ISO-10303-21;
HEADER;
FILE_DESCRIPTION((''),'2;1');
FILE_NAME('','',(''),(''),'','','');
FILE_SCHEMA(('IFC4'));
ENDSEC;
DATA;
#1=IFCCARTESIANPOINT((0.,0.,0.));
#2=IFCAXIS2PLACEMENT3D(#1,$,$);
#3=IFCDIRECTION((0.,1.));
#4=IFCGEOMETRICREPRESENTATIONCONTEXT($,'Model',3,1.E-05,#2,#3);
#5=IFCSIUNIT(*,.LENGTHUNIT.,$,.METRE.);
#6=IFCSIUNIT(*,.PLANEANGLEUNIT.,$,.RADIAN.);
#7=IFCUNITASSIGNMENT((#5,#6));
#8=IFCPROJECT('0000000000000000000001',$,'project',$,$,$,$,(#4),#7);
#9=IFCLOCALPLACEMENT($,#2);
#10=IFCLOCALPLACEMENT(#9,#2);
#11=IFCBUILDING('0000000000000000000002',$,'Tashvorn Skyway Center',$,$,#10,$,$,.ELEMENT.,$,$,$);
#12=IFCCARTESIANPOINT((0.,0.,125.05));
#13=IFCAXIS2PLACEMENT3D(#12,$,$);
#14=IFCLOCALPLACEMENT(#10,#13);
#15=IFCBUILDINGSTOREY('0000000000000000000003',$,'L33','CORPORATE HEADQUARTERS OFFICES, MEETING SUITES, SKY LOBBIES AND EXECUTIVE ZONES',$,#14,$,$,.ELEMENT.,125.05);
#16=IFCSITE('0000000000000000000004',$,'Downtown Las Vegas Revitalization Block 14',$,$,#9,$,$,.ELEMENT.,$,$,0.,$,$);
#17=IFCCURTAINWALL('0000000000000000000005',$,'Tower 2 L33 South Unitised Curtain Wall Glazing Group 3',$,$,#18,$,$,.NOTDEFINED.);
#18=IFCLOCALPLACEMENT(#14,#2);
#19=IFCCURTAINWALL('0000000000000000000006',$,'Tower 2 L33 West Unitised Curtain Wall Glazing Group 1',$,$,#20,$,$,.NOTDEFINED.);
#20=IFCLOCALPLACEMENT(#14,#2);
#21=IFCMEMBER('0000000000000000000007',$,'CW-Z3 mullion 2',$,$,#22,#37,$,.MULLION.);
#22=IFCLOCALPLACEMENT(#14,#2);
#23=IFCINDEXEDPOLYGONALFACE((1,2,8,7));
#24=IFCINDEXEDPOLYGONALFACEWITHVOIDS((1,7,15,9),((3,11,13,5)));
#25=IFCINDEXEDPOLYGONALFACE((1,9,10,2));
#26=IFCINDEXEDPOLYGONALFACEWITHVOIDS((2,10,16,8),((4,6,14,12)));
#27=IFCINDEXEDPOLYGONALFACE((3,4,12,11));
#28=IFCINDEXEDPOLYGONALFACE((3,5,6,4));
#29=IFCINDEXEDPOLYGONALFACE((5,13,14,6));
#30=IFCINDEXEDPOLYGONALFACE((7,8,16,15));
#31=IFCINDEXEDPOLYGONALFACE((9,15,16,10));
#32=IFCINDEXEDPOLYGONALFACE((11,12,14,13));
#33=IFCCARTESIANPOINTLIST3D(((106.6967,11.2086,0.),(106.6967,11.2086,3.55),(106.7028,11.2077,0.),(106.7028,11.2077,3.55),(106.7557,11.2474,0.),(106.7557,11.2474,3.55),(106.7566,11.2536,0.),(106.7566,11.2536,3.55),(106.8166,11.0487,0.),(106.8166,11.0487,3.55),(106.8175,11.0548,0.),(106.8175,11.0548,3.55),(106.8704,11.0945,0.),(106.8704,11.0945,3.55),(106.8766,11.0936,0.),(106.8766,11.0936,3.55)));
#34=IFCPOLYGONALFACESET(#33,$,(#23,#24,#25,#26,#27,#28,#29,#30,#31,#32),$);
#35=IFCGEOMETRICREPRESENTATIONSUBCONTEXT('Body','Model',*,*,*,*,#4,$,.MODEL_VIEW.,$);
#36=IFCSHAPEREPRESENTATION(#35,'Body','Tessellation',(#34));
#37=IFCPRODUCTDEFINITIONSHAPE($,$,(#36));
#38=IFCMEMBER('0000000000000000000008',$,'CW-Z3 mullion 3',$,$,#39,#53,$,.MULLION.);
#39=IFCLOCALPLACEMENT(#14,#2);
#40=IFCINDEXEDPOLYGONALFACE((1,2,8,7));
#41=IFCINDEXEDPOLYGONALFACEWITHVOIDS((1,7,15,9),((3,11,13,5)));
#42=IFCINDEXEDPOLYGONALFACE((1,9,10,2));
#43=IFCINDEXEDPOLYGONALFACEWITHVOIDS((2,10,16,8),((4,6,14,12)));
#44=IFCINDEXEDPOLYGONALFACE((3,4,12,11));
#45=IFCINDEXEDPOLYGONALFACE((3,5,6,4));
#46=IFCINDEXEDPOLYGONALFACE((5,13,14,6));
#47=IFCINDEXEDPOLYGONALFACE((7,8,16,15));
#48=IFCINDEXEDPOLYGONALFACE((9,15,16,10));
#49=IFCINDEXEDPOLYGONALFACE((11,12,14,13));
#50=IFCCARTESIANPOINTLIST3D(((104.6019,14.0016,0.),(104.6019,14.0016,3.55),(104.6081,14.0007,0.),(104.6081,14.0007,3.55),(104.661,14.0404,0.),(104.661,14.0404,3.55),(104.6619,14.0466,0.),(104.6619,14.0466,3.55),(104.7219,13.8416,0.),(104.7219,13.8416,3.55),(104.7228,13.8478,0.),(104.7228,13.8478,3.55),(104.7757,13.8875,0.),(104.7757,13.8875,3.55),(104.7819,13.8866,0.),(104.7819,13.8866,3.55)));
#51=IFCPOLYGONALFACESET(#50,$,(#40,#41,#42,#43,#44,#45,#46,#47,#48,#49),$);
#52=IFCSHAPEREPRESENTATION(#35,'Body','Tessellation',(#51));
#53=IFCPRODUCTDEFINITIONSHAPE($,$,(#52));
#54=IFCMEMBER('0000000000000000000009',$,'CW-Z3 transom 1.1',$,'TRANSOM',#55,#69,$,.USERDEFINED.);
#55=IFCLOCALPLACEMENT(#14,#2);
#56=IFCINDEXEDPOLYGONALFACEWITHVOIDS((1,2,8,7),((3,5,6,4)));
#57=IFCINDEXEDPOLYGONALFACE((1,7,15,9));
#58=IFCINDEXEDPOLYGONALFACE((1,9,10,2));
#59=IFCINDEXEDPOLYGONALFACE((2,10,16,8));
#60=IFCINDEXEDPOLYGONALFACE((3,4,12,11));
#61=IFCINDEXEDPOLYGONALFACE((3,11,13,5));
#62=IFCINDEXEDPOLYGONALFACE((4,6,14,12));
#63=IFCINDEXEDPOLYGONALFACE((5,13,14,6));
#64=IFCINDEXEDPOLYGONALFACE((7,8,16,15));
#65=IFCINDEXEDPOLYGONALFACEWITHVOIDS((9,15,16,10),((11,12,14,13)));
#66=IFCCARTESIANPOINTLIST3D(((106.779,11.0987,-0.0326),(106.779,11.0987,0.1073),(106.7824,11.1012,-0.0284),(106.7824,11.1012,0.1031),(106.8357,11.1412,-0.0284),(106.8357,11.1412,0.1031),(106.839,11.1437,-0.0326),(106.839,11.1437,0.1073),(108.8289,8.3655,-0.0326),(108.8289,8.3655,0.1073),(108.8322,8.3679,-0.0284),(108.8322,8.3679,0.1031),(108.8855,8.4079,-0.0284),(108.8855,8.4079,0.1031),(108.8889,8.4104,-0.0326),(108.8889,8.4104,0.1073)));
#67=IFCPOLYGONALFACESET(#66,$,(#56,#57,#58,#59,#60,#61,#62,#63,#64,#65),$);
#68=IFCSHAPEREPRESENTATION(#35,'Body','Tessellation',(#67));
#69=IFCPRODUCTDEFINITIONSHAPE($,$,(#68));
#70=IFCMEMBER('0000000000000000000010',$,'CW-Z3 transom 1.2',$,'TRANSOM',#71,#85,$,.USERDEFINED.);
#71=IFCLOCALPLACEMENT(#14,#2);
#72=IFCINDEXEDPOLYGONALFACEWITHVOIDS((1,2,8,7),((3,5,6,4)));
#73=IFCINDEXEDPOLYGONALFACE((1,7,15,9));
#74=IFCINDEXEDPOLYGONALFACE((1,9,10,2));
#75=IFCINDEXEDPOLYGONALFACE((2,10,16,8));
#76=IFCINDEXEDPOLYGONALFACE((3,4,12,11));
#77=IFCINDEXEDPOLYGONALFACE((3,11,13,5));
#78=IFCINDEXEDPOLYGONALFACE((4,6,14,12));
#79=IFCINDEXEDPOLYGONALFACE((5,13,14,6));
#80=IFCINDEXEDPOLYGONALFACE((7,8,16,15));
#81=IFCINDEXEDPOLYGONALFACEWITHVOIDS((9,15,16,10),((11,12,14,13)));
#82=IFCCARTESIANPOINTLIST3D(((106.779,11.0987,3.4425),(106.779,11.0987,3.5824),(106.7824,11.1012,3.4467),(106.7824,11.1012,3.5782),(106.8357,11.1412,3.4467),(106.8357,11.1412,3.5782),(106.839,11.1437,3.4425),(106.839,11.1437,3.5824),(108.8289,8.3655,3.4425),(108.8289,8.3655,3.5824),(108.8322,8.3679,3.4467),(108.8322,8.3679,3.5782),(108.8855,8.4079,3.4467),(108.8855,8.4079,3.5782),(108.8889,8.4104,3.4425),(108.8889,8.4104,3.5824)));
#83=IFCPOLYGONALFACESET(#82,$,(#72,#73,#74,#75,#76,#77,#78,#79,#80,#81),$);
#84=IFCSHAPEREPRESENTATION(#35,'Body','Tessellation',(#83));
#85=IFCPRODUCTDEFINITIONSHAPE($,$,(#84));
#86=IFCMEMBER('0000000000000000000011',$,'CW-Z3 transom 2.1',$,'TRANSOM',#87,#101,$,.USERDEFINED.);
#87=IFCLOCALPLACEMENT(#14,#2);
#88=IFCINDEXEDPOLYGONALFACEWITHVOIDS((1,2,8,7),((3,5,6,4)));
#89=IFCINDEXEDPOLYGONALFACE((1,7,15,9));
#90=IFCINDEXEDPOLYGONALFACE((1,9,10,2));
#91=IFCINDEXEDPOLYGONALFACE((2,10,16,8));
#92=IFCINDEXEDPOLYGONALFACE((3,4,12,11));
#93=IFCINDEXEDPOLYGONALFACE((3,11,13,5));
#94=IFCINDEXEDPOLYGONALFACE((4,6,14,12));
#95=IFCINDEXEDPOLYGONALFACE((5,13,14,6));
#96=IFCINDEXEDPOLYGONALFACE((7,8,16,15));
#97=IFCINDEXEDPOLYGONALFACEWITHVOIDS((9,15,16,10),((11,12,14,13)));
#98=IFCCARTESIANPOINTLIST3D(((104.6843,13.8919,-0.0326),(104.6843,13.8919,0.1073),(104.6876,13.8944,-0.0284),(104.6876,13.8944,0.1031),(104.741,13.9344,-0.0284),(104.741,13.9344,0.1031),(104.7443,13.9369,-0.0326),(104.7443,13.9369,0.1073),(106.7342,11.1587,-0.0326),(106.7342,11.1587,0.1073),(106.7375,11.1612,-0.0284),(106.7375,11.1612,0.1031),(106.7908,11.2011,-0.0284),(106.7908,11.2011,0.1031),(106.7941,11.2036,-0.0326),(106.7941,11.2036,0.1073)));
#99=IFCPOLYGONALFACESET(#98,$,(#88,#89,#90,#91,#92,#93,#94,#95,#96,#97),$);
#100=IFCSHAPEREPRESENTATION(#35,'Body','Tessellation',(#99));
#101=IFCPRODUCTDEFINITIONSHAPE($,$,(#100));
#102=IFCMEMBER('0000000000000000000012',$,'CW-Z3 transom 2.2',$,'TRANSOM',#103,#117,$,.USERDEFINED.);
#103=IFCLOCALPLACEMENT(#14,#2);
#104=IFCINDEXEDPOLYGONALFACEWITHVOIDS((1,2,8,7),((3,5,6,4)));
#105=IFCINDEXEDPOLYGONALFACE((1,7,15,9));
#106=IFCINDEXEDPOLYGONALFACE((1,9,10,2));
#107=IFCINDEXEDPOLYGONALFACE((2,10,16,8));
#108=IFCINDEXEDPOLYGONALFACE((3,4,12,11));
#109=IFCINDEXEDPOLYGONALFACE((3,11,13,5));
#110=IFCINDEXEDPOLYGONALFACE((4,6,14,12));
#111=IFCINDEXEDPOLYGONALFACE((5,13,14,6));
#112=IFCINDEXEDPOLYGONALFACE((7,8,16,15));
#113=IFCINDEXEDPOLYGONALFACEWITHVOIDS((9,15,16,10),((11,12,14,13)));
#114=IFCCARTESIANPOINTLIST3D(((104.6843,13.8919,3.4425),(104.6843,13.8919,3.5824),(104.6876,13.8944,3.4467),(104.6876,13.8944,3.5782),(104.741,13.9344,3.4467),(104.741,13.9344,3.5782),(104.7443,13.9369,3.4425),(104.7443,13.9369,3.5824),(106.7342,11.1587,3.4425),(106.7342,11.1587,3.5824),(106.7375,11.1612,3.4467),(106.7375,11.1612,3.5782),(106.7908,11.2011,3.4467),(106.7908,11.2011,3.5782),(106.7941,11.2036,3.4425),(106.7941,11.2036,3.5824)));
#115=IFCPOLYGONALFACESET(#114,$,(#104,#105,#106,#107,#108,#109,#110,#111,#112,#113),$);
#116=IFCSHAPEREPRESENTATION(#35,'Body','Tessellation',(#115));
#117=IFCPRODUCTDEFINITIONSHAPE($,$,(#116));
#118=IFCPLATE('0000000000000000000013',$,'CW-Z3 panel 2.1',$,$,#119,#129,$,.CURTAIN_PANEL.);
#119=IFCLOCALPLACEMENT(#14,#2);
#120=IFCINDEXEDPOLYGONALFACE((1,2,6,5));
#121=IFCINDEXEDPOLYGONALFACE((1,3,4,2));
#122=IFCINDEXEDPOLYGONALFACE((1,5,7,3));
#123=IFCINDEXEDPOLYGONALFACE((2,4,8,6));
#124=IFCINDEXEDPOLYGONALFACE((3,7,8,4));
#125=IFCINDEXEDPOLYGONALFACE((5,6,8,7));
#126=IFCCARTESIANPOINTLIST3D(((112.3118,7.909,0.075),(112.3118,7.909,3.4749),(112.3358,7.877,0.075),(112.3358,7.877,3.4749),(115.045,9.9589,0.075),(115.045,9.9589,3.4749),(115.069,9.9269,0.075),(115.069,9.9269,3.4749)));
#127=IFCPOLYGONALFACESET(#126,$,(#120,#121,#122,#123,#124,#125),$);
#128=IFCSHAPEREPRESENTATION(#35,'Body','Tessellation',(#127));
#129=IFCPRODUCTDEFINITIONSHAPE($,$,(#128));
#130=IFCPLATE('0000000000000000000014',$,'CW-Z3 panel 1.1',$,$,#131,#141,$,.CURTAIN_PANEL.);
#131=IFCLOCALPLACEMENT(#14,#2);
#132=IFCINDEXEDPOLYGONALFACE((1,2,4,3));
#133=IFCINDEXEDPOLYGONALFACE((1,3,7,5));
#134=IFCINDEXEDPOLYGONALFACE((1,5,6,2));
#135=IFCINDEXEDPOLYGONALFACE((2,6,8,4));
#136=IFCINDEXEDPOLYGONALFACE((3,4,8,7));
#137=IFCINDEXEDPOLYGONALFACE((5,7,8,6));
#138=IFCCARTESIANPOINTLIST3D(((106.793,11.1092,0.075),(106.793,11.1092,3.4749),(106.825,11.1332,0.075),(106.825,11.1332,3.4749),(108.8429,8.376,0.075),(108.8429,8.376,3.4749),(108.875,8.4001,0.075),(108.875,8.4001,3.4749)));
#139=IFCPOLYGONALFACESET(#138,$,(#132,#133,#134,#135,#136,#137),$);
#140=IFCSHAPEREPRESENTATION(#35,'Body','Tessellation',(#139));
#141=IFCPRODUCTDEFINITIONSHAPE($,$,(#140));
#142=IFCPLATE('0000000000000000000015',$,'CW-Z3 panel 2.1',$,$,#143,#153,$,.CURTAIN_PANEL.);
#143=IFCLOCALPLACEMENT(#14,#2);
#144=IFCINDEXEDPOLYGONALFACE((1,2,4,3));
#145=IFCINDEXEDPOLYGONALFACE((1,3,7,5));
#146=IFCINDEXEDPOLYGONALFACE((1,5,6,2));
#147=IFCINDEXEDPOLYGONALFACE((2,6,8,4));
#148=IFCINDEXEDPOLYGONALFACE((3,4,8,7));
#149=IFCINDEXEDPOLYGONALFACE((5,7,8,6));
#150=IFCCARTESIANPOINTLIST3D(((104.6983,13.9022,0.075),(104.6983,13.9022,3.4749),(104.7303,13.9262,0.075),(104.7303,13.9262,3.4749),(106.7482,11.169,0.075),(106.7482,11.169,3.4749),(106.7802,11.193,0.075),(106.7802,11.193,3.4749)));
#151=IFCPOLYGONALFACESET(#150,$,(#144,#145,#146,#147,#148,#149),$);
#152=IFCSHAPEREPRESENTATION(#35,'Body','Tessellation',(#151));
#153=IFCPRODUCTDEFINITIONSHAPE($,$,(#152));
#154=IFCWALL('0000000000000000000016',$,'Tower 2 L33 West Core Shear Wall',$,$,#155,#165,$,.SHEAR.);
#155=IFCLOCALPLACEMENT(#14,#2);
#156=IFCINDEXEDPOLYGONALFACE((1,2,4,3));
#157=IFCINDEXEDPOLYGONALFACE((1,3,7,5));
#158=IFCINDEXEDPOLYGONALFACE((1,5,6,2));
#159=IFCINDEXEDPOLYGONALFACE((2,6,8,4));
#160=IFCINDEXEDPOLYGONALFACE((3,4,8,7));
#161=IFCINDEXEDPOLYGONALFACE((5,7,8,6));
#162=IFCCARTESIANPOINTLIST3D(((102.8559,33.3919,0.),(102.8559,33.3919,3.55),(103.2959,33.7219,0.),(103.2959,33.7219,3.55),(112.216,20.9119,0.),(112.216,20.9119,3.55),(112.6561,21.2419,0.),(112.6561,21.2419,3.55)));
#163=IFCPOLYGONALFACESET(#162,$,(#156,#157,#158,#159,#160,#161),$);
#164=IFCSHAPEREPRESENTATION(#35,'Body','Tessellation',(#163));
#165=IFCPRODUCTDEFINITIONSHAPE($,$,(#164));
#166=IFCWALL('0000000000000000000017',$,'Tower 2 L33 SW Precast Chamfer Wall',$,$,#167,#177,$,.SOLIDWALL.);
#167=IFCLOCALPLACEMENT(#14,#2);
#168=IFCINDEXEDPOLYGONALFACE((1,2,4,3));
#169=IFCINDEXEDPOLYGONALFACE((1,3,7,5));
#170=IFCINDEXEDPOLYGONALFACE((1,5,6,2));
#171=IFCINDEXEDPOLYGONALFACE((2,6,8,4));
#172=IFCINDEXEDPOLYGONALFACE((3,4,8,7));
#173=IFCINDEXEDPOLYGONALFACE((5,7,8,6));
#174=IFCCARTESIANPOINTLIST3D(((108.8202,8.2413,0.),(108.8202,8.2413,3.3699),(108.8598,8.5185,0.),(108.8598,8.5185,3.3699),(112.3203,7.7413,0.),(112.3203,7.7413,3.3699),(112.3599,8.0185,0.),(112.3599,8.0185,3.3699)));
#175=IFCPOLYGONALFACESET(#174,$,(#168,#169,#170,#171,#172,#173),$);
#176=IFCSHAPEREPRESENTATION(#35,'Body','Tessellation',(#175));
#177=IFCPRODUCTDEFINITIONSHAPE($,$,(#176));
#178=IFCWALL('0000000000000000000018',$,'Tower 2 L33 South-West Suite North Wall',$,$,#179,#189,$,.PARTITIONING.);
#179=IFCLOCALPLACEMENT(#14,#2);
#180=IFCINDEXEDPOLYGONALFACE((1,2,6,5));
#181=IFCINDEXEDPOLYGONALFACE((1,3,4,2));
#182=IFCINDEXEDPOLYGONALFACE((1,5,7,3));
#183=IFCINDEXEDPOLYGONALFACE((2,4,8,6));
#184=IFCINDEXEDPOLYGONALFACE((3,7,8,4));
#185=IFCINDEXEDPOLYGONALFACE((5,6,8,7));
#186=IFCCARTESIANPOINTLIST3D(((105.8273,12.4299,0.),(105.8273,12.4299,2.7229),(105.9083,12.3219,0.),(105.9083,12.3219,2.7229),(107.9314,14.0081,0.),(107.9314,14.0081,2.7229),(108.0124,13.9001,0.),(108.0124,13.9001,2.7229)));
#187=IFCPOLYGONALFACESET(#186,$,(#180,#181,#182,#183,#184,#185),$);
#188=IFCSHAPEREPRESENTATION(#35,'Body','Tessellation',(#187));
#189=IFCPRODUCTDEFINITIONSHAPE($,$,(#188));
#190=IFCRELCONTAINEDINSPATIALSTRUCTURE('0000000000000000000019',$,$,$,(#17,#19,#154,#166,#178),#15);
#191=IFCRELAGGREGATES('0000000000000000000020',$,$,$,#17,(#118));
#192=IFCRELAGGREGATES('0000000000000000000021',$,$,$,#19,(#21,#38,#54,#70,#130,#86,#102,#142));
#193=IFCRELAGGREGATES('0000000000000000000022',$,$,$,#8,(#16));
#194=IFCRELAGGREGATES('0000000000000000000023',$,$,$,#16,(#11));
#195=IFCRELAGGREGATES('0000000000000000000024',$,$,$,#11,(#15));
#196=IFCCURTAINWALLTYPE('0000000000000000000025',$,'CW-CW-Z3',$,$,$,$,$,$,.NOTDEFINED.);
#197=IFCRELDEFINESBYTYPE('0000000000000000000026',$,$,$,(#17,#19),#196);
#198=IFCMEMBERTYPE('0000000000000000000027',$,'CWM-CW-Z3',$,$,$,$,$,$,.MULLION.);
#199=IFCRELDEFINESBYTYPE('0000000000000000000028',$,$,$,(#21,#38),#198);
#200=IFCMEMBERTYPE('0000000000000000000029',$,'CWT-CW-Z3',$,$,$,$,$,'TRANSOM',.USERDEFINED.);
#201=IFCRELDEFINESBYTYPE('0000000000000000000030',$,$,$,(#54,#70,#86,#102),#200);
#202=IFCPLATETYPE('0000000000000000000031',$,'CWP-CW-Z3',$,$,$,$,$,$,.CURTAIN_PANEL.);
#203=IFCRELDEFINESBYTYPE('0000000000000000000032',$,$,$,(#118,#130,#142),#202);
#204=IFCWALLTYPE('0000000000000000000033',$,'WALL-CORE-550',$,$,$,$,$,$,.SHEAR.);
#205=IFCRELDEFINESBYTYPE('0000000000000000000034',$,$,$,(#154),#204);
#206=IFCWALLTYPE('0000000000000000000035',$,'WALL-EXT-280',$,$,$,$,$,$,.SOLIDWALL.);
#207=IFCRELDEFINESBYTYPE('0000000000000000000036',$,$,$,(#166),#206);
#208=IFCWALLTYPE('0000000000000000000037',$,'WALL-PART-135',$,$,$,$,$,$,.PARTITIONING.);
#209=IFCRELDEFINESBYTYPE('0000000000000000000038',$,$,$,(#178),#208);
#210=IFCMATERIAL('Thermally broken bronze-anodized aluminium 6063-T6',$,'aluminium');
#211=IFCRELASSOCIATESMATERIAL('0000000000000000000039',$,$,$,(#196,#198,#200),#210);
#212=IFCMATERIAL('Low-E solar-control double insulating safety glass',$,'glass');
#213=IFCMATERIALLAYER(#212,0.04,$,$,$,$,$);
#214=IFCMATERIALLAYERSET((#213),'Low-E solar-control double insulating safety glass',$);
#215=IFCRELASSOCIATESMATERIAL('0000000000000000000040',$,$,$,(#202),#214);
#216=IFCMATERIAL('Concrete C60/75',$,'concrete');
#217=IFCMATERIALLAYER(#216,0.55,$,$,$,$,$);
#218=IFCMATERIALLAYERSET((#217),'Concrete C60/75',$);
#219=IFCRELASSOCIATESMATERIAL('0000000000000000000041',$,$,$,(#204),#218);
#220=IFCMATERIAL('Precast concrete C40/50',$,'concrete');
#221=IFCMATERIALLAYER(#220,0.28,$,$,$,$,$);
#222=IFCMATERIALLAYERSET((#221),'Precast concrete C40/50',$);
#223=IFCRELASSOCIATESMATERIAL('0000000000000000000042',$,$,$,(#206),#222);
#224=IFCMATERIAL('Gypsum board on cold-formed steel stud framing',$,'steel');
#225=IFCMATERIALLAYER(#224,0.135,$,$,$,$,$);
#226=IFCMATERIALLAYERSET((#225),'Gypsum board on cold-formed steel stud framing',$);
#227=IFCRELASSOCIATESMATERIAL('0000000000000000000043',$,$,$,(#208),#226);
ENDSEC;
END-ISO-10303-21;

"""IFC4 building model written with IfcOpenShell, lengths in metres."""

from ifc_helpers import new_model, si_unit, direction, frame, frame_2d, origin, origin_2d, place, context, subcontext, project, spatial, rectangle, hollow_rectangle, extrude, material, layer, layer_set, material_profile, profile_set, type_object, element, aggregate, save


model = new_model("IFC4")

# Units and contexts
model_context = context("Model", 3, precision=1e-05, world=origin(), true_north=direction((0.0, 1.0)))
body_context = subcontext(model_context, "Body", "Model", "MODEL_VIEW")
ifc_project = project(units=[si_unit("LENGTHUNIT", "METRE"), si_unit("PLANEANGLEUNIT", "RADIAN")], contexts=[model_context])

# Site, building, storey
site_placement = place(None, origin())
site = spatial("IfcSite", under=ifc_project, at=site_placement, Name="Downtown Las Vegas Revitalization Block 14", CompositionType="ELEMENT", RefElevation=0.0)
building_placement = place(site_placement, origin())
building = spatial("IfcBuilding", under=site, at=building_placement, Name="Tashvorn Skyway Center", CompositionType="ELEMENT")
storey_placement = place(building_placement, frame((0.0, 0.0, 125.05)))
storey = spatial("IfcBuildingStorey", under=building, at=storey_placement, Name="L33", Description="CORPORATE HEADQUARTERS OFFICES, MEETING SUITES, SKY LOBBIES AND EXECUTIVE ZONES", CompositionType="ELEMENT", Elevation=125.05)

# Shared definitions
ifc_material_1 = material(Name="Concrete C60/75", Category="concrete")

# Curtain wall
ifc_material_2 = material(Name="Thermally broken bronze-anodized aluminium 6063-T6", Category="aluminium")
curtain_wall_type = type_object("IfcCurtainWallType", Name="CW-CW-Z3", PredefinedType="NOTDEFINED", material=ifc_material_2)
curtain_wall_1_placement = place(storey_placement, origin())
curtain_wall_1 = element("IfcCurtainWall", 1, at=curtain_wall_1_placement, inside=storey, type_object=curtain_wall_type, Name="Tower 2 L33 South Unitised Curtain Wall Glazing Group 3", PredefinedType="NOTDEFINED")
ifc_material_profile_1 = material_profile(ifc_material_2, hollow_rectangle(XDim=0.075, YDim=0.2, WallThickness=0.0044, at=origin_2d()), Name="ALU-MULL-75x200")
ifc_profile_set_1 = profile_set([ifc_material_profile_1], Name="Thermally broken bronze-anodized aluminium 6063-T6")
member_type_1 = type_object("IfcMemberType", Name="CWM-CW-Z3", PredefinedType="MULLION", material=ifc_profile_set_1)

# Curtain wall, members
curtain_wall_2_placement = place(storey_placement, origin())
curtain_wall_2 = element("IfcCurtainWall", 2, at=curtain_wall_2_placement, inside=storey, type_object=curtain_wall_type, Name="Tower 2 L33 West Unitised Curtain Wall Glazing Group 1", PredefinedType="NOTDEFINED")
member_1_placement = place(storey_placement, frame((106.7866, 11.1511, 0.0), z_axis=(0.0, 0.0, 1.0), x_axis=(-0.799997, -0.600005, 0.0)))
member_1 = element("IfcMember", 3, at=member_1_placement, type_object=member_type_1, Name="CW-Z3 mullion 2", PredefinedType="MULLION", context=body_context, shape_type="SweptSolid", body=[
    extrude(hollow_rectangle(XDim=0.075, YDim=0.2, WallThickness=0.0044, at=origin_2d()), origin(), (0.0, 0.0, 1.0), 3.55),
])
member_2_placement = place(storey_placement, frame((104.6919, 13.9441, 0.0), z_axis=(0.0, 0.0, 1.0), x_axis=(-0.799997, -0.600005, 0.0)))
member_2 = element("IfcMember", 4, at=member_2_placement, type_object=member_type_1, Name="CW-Z3 mullion 3", PredefinedType="MULLION", context=body_context, shape_type="SweptSolid", body=[
    extrude(hollow_rectangle(XDim=0.075, YDim=0.2, WallThickness=0.0044, at=origin_2d()), origin(), (0.0, 0.0, 1.0), 3.55),
])
ifc_material_profile_2 = material_profile(ifc_material_2, hollow_rectangle(XDim=0.075, YDim=0.1399, WallThickness=0.0042, at=origin_2d()), Name="ALU-TRAN-75x140")
ifc_profile_set_2 = profile_set([ifc_material_profile_2], Name="Thermally broken bronze-anodized aluminium 6063-T6")
member_type_2 = type_object("IfcMemberType", Name="CWT-CW-Z3", ElementType="TRANSOM", PredefinedType="USERDEFINED", material=ifc_profile_set_2)
member_3_placement = place(storey_placement, frame((108.8589, 8.3879, 0.0374), z_axis=(-0.599989, 0.800009, 0.0), x_axis=(-0.800009, -0.599989, 0.0)))
member_3 = element("IfcMember", 5, at=member_3_placement, type_object=member_type_2, Name="CW-Z3 transom 1.1", ObjectType="TRANSOM", PredefinedType="USERDEFINED", context=body_context, shape_type="SweptSolid", body=[
    extrude(hollow_rectangle(XDim=0.075, YDim=0.1399, WallThickness=0.0042, at=origin_2d()), origin(), (0.0, 0.0, 1.0), 3.4165),
])
member_4_placement = place(storey_placement, frame((108.8589, 8.3879, 3.5125), z_axis=(-0.599989, 0.800009, 0.0), x_axis=(-0.800009, -0.599989, 0.0)))
member_4 = element("IfcMember", 6, at=member_4_placement, type_object=member_type_2, Name="CW-Z3 transom 1.2", ObjectType="TRANSOM", PredefinedType="USERDEFINED", context=body_context, shape_type="SweptSolid", body=[
    extrude(hollow_rectangle(XDim=0.075, YDim=0.1399, WallThickness=0.0042, at=origin_2d()), origin(), (0.0, 0.0, 1.0), 3.4165),
])
member_5_placement = place(storey_placement, frame((106.7642, 11.1812, 0.0374), z_axis=(-0.599989, 0.800009, 0.0), x_axis=(-0.800009, -0.599989, 0.0)))
member_5 = element("IfcMember", 7, at=member_5_placement, type_object=member_type_2, Name="CW-Z3 transom 2.1", ObjectType="TRANSOM", PredefinedType="USERDEFINED", context=body_context, shape_type="SweptSolid", body=[
    extrude(hollow_rectangle(XDim=0.075, YDim=0.1399, WallThickness=0.0042, at=origin_2d()), origin(), (0.0, 0.0, 1.0), 3.4165),
])
member_6_placement = place(storey_placement, frame((106.7642, 11.1812, 3.5125), z_axis=(-0.599989, 0.800009, 0.0), x_axis=(-0.800009, -0.599989, 0.0)))
member_6 = element("IfcMember", 8, at=member_6_placement, type_object=member_type_2, Name="CW-Z3 transom 2.2", ObjectType="TRANSOM", PredefinedType="USERDEFINED", context=body_context, shape_type="SweptSolid", body=[
    extrude(hollow_rectangle(XDim=0.075, YDim=0.1399, WallThickness=0.0042, at=origin_2d()), origin(), (0.0, 0.0, 1.0), 3.4165),
])

# Plates
ifc_material_3 = material(Name="Low-E solar-control double insulating safety glass", Category="glass")
ifc_layer_1 = layer(ifc_material_3, 0.04)
ifc_layer_set_1 = layer_set([ifc_layer_1], Name="Low-E solar-control double insulating safety glass")
plate_type = type_object("IfcPlateType", Name="CWP-CW-Z3", PredefinedType="CURTAIN_PANEL", material=ifc_layer_set_1)
plate_1_placement = place(storey_placement, frame((113.6904, 8.918, 0.075), z_axis=(0.0, 0.0, 1.0), x_axis=(-0.799997, -0.600005, 0.0)))
plate_1 = element("IfcPlate", 9, at=plate_1_placement, type_object=plate_type, Name="CW-Z3 panel 2.1", PredefinedType="CURTAIN_PANEL", context=body_context, shape_type="SweptSolid", body=[
    extrude(rectangle(XDim=3.4165, YDim=0.04, at=origin_2d()), origin(), (0.0, 0.0, 1.0), 3.3999),
])
aggregate(curtain_wall_1, [plate_1])
plate_2_placement = place(storey_placement, frame((107.834, 9.7546, 0.075), z_axis=(0.0, 0.0, 1.0), x_axis=(-0.600005, 0.799997, 0.0)))
plate_2 = element("IfcPlate", 10, at=plate_2_placement, type_object=plate_type, Name="CW-Z3 panel 1.1", PredefinedType="CURTAIN_PANEL", context=body_context, shape_type="SweptSolid", body=[
    extrude(rectangle(XDim=3.4165, YDim=0.04, at=origin_2d()), origin(), (0.0, 0.0, 1.0), 3.3999),
])
plate_3_placement = place(storey_placement, frame((105.7393, 12.5476, 0.075), z_axis=(0.0, 0.0, 1.0), x_axis=(-0.600005, 0.799997, 0.0)))
plate_3 = element("IfcPlate", 11, at=plate_3_placement, type_object=plate_type, Name="CW-Z3 panel 2.1", PredefinedType="CURTAIN_PANEL", context=body_context, shape_type="SweptSolid", body=[
    extrude(rectangle(XDim=3.4165, YDim=0.04, at=origin_2d()), origin(), (0.0, 0.0, 1.0), 3.3999),
])
aggregate(curtain_wall_2, [member_1, member_2, member_3, member_4, plate_2, member_5, member_6, plate_3])

# Walls
ifc_layer_2 = layer(ifc_material_1, 0.55)
ifc_layer_set_2 = layer_set([ifc_layer_2], Name="Concrete C60/75")
wall_type_1 = type_object("IfcWallType", Name="WALL-CORE-550", PredefinedType="SHEAR", material=ifc_layer_set_2)
wall_1_placement = place(storey_placement, frame((112.436, 21.0769, 0.0), z_axis=(0.0, 0.0, 1.0), x_axis=(-0.600005, 0.799996, 0.0)))
element("IfcWall", 12, at=wall_1_placement, inside=storey, type_object=wall_type_1, Name="Tower 2 L33 West Core Shear Wall", PredefinedType="SHEAR", context=body_context, shape_type="SweptSolid", body=[
    extrude(rectangle(XDim=15.6001, YDim=0.55, at=frame_2d((7.8, 0.0))), origin(), (0.0, 0.0, 1.0), 3.55),
])
ifc_material_4 = material(Name="Precast concrete C40/50", Category="concrete")
ifc_layer_3 = layer(ifc_material_4, 0.28)
ifc_layer_set_3 = layer_set([ifc_layer_3], Name="Precast concrete C40/50")
wall_type_2 = type_object("IfcWallType", Name="WALL-EXT-280", PredefinedType="SOLIDWALL", material=ifc_layer_set_3)
wall_2_placement = place(storey_placement, frame((112.3401, 7.8799, 0.0), z_axis=(0.0, 0.0, 1.0), x_axis=(-0.989949, 0.141421, 0.0)))
element("IfcWall", 13, at=wall_2_placement, inside=storey, type_object=wall_type_2, Name="Tower 2 L33 SW Precast Chamfer Wall", PredefinedType="SOLIDWALL", context=body_context, shape_type="SweptSolid", body=[
    extrude(rectangle(XDim=3.5356, YDim=0.28, at=frame_2d((1.7678, 0.0))), origin(), (0.0, 0.0, 1.0), 3.3699),
])
ifc_material_5 = material(Name="Gypsum board on cold-formed steel stud framing", Category="steel")
ifc_layer_4 = layer(ifc_material_5, 0.135)
ifc_layer_set_4 = layer_set([ifc_layer_4], Name="Gypsum board on cold-formed steel stud framing")
wall_type_3 = type_object("IfcWallType", Name="WALL-PART-135", PredefinedType="PARTITIONING", material=ifc_layer_set_4)
wall_3_placement = place(storey_placement, frame((105.8679, 12.376, 0.0), z_axis=(0.0, 0.0, 1.0), x_axis=(0.799978, 0.60003, 0.0)))
element("IfcWall", 14, at=wall_3_placement, inside=storey, type_object=wall_type_3, Name="Tower 2 L33 South-West Suite North Wall", PredefinedType="PARTITIONING", context=body_context, shape_type="SweptSolid", body=[
    extrude(rectangle(XDim=2.6301, YDim=0.135, at=frame_2d((1.3149, 0.0))), origin(), (0.0, 0.0, 1.0), 2.7229),
])

save(model, "model.ifc")
